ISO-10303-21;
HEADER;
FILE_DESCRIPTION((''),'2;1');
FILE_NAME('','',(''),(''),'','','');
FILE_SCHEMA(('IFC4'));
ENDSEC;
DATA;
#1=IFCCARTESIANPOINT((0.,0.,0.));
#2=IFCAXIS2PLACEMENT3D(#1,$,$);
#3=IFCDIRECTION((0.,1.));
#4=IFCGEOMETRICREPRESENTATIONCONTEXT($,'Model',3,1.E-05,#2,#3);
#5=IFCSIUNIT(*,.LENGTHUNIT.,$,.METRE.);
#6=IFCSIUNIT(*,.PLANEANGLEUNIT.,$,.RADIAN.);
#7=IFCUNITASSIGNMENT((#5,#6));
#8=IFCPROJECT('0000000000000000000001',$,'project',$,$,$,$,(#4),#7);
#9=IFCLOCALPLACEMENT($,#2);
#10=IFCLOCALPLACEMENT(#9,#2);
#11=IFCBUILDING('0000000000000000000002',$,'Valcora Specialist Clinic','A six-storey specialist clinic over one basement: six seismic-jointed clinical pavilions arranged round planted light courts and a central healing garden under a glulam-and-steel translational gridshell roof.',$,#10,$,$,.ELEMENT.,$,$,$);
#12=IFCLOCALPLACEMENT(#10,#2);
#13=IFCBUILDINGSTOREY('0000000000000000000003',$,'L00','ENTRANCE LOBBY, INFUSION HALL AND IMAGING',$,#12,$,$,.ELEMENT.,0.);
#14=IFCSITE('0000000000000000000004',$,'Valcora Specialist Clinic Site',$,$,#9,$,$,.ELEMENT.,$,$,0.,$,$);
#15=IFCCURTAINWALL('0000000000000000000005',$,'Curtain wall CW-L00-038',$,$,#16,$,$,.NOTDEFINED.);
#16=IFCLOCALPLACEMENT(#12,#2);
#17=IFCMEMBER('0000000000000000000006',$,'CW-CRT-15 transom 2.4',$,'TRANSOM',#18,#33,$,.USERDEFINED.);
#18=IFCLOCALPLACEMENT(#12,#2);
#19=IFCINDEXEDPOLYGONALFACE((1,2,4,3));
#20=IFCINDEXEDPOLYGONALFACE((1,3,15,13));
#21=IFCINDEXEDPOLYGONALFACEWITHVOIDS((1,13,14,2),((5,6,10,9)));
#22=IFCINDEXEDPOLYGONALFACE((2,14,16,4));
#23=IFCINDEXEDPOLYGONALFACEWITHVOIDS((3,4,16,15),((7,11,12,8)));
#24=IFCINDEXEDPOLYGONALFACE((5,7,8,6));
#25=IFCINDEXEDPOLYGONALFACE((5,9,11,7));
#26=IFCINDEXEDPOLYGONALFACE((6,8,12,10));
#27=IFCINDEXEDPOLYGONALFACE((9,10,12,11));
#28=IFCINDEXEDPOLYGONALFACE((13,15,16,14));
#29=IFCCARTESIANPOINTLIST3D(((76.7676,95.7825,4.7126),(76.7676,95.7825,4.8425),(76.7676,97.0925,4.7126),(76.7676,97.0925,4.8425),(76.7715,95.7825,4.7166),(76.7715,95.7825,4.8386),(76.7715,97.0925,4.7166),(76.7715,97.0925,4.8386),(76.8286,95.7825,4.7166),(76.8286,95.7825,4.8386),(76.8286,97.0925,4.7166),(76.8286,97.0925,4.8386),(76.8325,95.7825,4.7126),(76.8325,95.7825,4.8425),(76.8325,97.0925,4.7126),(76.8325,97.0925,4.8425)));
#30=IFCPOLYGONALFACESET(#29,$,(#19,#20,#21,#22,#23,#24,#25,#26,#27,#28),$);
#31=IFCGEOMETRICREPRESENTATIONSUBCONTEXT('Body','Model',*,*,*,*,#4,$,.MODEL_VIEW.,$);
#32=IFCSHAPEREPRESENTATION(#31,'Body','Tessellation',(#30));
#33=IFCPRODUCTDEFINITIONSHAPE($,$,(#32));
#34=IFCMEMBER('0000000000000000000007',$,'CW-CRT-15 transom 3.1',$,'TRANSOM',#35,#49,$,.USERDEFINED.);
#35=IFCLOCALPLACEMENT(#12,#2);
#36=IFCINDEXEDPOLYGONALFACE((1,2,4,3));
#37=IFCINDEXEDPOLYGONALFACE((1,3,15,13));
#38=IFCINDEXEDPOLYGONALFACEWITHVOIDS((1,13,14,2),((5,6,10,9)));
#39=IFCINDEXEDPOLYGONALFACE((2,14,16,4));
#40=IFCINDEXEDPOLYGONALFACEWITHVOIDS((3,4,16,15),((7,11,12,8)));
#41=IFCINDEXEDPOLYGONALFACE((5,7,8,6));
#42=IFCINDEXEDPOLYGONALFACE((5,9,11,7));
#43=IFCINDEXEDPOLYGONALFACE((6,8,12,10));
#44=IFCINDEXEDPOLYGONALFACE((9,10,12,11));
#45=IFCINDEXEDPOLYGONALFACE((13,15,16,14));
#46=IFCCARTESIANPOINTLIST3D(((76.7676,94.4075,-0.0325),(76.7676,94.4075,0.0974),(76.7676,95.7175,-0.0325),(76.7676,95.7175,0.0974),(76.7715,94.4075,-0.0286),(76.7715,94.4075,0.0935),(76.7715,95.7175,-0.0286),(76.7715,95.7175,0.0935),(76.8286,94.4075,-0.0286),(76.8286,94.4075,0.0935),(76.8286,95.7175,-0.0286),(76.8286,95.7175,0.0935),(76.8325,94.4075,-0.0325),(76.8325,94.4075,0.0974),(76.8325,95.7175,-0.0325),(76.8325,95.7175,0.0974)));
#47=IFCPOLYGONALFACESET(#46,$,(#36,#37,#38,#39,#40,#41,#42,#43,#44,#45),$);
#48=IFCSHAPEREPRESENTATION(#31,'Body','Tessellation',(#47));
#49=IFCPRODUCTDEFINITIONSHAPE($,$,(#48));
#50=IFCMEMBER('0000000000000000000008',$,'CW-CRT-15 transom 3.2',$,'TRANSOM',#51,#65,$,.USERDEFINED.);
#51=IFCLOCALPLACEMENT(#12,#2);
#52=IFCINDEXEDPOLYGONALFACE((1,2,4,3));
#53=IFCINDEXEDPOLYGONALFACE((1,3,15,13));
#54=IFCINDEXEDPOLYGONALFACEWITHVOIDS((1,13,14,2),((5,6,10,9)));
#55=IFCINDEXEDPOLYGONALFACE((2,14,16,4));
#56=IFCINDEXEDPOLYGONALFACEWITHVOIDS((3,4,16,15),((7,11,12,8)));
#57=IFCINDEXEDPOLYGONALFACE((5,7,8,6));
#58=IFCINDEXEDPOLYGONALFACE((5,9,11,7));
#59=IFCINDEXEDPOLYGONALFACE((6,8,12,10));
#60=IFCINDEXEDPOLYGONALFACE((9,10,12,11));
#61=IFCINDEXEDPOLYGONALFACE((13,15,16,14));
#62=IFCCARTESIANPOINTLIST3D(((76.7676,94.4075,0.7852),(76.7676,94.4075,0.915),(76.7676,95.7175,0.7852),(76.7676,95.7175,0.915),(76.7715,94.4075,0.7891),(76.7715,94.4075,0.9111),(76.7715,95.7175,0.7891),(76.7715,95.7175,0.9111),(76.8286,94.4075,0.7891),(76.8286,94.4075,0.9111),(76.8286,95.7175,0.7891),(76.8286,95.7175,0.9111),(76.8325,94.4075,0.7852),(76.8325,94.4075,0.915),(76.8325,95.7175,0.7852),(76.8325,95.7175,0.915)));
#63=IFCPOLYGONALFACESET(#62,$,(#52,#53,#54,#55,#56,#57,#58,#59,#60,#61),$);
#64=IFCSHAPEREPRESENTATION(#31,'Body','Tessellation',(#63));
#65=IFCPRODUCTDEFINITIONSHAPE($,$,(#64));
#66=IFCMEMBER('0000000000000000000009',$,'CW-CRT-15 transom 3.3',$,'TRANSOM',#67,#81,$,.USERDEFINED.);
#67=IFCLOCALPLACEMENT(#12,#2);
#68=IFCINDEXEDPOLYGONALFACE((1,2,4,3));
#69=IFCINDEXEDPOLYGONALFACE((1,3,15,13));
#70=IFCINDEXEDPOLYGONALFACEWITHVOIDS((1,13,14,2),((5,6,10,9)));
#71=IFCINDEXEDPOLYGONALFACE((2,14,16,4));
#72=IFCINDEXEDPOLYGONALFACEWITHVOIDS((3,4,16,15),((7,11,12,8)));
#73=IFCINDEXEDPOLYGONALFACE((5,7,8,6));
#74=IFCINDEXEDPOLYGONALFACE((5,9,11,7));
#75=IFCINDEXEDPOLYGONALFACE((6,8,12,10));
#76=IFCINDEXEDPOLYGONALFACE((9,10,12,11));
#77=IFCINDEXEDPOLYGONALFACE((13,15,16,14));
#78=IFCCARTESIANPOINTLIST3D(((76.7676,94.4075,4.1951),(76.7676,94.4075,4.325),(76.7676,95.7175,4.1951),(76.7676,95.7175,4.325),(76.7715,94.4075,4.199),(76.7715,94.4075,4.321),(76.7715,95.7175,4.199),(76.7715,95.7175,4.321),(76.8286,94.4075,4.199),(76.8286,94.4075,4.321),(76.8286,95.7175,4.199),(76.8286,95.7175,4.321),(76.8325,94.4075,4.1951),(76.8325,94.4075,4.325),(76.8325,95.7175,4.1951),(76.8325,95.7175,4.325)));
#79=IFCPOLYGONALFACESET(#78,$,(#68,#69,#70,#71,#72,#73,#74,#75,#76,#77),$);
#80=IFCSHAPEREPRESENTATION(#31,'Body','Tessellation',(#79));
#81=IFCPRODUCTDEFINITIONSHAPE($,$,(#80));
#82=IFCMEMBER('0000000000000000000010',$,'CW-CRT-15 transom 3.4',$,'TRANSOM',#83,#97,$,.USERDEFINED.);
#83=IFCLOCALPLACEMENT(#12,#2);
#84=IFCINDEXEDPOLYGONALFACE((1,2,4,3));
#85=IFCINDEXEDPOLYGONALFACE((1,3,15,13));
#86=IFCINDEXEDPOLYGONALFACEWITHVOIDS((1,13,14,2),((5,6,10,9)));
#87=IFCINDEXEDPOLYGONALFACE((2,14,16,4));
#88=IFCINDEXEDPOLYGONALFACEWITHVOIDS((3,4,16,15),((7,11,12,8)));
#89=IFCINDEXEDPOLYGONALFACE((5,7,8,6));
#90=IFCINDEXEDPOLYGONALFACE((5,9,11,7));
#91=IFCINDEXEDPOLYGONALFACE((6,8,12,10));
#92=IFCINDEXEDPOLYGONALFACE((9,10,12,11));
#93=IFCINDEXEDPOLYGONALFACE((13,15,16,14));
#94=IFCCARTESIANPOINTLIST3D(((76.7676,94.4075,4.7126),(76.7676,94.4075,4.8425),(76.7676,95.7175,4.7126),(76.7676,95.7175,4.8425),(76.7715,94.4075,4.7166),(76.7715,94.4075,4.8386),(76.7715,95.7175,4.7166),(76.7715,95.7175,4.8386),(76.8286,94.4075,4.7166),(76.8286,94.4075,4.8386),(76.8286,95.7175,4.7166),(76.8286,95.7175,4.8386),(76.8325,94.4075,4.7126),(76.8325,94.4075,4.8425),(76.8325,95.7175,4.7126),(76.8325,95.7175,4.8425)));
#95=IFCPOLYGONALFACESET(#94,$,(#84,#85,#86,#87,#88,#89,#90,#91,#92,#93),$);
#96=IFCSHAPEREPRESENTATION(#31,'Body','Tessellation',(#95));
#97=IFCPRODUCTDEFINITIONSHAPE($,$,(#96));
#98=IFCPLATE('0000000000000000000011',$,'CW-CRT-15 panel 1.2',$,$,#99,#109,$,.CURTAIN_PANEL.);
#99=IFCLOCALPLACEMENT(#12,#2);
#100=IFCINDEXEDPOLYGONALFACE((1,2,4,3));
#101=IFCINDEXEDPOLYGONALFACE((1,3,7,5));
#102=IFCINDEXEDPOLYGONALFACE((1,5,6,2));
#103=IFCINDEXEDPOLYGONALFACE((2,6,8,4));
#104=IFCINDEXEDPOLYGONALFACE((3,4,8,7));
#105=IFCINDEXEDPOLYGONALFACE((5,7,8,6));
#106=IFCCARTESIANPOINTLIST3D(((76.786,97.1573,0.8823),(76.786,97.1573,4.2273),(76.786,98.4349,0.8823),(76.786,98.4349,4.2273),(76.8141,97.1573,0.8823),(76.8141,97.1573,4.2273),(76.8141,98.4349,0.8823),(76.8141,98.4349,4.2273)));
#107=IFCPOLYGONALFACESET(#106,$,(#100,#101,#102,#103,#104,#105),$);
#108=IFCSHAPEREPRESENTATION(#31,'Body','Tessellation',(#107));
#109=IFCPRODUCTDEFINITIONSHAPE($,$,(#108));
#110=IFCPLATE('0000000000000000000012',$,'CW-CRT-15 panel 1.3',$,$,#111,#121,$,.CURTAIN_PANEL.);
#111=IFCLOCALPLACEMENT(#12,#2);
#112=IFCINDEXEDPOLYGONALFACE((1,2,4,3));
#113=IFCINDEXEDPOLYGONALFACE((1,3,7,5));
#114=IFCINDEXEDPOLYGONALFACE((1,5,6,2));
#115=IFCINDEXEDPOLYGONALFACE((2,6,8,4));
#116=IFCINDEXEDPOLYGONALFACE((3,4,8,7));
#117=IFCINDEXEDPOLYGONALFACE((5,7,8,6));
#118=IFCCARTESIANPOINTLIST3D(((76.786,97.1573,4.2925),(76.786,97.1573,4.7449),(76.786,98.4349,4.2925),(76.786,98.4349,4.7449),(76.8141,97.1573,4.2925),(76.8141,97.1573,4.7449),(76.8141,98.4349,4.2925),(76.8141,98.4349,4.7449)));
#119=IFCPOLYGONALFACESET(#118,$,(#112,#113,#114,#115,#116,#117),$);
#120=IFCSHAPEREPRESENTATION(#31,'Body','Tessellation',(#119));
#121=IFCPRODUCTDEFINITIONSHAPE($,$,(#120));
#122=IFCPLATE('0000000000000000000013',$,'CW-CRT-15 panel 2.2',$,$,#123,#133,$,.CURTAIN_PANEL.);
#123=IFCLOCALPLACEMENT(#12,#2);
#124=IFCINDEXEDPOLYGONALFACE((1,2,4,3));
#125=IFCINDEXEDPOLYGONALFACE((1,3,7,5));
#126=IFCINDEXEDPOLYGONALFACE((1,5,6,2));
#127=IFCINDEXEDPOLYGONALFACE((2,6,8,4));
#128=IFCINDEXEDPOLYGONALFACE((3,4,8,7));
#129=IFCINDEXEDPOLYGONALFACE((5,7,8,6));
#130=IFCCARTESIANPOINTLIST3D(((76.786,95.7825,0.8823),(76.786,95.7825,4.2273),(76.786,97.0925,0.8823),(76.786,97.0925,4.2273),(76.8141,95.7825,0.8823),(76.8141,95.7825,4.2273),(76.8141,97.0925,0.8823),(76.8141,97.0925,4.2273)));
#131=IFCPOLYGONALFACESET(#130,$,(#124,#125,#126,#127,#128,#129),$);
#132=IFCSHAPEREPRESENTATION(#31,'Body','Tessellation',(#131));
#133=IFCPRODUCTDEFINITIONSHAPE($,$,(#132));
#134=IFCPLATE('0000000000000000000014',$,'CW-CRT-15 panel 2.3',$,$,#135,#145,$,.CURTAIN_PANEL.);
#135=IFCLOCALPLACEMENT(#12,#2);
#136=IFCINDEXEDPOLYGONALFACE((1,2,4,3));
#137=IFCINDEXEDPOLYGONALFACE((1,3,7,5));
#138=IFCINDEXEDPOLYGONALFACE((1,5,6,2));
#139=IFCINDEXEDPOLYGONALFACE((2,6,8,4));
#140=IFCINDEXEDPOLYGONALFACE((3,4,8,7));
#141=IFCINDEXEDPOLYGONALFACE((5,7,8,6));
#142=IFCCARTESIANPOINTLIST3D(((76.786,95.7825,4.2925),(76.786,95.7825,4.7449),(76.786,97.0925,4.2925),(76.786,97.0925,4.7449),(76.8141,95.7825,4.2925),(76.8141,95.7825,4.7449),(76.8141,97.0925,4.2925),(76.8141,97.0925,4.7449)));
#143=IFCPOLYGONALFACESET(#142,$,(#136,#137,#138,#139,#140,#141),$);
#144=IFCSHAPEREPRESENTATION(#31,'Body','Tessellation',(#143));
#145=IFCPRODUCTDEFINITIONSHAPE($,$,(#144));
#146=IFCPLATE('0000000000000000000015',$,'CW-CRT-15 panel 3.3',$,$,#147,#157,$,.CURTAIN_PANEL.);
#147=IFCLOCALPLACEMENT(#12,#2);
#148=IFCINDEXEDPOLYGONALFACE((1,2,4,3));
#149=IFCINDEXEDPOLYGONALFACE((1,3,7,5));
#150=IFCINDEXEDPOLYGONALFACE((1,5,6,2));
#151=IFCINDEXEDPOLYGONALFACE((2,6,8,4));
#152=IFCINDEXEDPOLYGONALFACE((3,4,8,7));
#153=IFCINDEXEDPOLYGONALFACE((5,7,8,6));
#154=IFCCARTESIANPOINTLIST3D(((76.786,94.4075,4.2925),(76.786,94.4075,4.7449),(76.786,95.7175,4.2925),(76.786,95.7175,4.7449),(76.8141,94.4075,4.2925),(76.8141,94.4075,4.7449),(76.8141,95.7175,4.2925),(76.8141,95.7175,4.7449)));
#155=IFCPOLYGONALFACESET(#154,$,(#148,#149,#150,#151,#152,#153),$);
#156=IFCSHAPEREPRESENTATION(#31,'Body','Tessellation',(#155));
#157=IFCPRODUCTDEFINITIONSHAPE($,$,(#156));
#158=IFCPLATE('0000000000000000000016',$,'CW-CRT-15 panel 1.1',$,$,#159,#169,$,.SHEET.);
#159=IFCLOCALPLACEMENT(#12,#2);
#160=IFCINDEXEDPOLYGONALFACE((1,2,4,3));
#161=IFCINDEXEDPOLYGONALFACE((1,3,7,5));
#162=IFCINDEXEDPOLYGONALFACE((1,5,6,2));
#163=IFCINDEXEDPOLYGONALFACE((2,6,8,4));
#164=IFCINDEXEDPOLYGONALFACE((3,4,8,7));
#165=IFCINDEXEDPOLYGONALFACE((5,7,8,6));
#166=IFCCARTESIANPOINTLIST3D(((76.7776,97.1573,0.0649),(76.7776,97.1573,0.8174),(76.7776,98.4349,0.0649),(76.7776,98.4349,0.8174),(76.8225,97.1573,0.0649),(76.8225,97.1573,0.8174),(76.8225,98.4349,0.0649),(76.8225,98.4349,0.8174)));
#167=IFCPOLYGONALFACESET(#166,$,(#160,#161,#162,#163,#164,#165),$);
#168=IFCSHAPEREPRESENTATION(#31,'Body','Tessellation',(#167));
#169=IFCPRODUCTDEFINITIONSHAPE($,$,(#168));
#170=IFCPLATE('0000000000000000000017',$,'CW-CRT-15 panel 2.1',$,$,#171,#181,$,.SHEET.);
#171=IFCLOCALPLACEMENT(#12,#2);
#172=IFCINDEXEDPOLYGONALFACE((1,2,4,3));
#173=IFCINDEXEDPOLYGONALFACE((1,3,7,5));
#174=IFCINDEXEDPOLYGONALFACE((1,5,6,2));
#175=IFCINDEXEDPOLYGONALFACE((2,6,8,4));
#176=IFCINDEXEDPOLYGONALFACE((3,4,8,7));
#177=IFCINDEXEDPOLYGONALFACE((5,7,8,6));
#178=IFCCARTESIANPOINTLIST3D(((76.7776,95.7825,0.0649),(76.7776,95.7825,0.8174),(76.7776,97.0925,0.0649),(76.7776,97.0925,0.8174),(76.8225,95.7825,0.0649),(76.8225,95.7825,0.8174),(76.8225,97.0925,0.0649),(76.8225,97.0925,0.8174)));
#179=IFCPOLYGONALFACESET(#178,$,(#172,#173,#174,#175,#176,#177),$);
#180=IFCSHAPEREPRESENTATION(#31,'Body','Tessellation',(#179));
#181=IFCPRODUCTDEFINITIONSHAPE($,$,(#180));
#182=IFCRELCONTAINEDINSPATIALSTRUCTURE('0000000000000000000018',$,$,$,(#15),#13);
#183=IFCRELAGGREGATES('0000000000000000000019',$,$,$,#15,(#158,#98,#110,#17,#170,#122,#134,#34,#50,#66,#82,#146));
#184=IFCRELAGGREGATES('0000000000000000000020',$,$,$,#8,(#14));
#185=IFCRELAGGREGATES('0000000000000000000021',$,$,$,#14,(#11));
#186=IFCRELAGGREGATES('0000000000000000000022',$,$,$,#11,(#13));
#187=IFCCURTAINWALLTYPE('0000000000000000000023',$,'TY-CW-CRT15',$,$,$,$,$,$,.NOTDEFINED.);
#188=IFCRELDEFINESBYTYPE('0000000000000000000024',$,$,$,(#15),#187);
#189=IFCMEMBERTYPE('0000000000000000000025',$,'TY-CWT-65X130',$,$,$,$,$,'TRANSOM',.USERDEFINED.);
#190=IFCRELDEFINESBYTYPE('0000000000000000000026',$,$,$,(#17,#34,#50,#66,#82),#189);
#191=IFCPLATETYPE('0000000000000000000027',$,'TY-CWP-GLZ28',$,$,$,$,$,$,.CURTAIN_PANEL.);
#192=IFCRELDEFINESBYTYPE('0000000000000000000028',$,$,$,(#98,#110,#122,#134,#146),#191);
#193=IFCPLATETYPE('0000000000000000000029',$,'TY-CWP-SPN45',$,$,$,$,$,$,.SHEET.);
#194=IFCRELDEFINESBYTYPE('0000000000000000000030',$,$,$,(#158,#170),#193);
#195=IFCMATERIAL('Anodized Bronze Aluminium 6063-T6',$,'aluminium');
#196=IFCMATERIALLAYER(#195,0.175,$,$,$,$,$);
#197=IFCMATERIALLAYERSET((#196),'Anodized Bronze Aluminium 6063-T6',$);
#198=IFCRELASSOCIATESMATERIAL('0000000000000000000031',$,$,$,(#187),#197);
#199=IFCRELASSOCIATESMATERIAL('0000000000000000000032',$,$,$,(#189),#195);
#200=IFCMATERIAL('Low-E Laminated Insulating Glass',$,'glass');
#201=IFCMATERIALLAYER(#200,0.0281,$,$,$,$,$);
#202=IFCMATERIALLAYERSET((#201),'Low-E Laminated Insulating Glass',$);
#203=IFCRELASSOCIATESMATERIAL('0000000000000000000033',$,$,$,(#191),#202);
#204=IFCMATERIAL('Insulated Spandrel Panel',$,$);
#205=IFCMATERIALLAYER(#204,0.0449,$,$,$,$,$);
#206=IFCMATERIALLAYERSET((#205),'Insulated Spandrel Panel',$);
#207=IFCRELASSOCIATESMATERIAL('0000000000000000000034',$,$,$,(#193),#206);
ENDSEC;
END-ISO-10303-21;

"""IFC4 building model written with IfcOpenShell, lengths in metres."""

from ifc_helpers import new_model, si_unit, direction, frame, origin, origin_2d, place, context, subcontext, project, spatial, rectangle, hollow_rectangle, extrude, material, layer, layer_set, material_profile, profile_set, type_object, element, aggregate, save


model = new_model("IFC4")

# Units and contexts
model_context = context("Model", 3, precision=1e-05, world=origin(), true_north=direction((0.0, 1.0)))
body_context = subcontext(model_context, "Body", "Model", "MODEL_VIEW")
ifc_project = project(units=[si_unit("LENGTHUNIT", "METRE"), si_unit("PLANEANGLEUNIT", "RADIAN")], contexts=[model_context])

# Site, building, storey
site_placement = place(None, origin())
site = spatial("IfcSite", under=ifc_project, at=site_placement, Name="Valcora Specialist Clinic Site", CompositionType="ELEMENT", RefElevation=0.0)
building_placement = place(site_placement, origin())
building = spatial("IfcBuilding", under=site, at=building_placement, Name="Valcora Specialist Clinic", Description="A six-storey specialist clinic over one basement: six seismic-jointed clinical pavilions arranged round planted light courts and a central healing garden under a glulam-and-steel translational gridshell roof.", CompositionType="ELEMENT")
storey_placement = place(building_placement, origin())
storey = spatial("IfcBuildingStorey", under=building, at=storey_placement, Name="L00", Description="ENTRANCE LOBBY, INFUSION HALL AND IMAGING", CompositionType="ELEMENT", Elevation=0.0)

# Shared definitions
ifc_material_1 = material(Name="Anodized Bronze Aluminium 6063-T6", Category="aluminium")
ifc_layer_1 = layer(ifc_material_1, 0.175)
ifc_layer_set_1 = layer_set([ifc_layer_1], Name="Anodized Bronze Aluminium 6063-T6")
curtain_wall_type = type_object("IfcCurtainWallType", Name="TY-CW-CRT15", PredefinedType="NOTDEFINED", material=ifc_layer_set_1)

# Curtain wall, members, plates
curtain_wall_1_placement = place(storey_placement, origin())
curtain_wall_1 = element("IfcCurtainWall", 1, at=curtain_wall_1_placement, inside=storey, type_object=curtain_wall_type, Name="Curtain wall CW-L00-038", PredefinedType="NOTDEFINED")
ifc_material_profile_1 = material_profile(ifc_material_1, hollow_rectangle(XDim=0.0649, YDim=0.1299, WallThickness=0.0039, at=origin_2d()), Name="AL-TRN-65X130")
ifc_profile_set_1 = profile_set([ifc_material_profile_1], Name="Anodized Bronze Aluminium 6063-T6")
member_type_1 = type_object("IfcMemberType", Name="TY-CWT-65X130", ElementType="TRANSOM", PredefinedType="USERDEFINED", material=ifc_profile_set_1)
member_1_placement = place(storey_placement, frame((76.8, 97.0925, 4.7776), z_axis=(0.0, -1.0, 0.0), x_axis=(1.0, 0.0, 0.0)))
member_1 = element("IfcMember", 2, at=member_1_placement, type_object=member_type_1, Name="CW-CRT-15 transom 2.4", ObjectType="TRANSOM", PredefinedType="USERDEFINED", context=body_context, shape_type="SweptSolid", body=[
    extrude(hollow_rectangle(XDim=0.0649, YDim=0.1299, WallThickness=0.0039, at=origin_2d()), origin(), (0.0, 0.0, 1.0), 1.3101),
])
member_2_placement = place(storey_placement, frame((76.8, 95.7175, 0.0325), z_axis=(0.0, -1.0, 0.0), x_axis=(1.0, 0.0, 0.0)))
member_2 = element("IfcMember", 3, at=member_2_placement, type_object=member_type_1, Name="CW-CRT-15 transom 3.1", ObjectType="TRANSOM", PredefinedType="USERDEFINED", context=body_context, shape_type="SweptSolid", body=[
    extrude(hollow_rectangle(XDim=0.0649, YDim=0.1299, WallThickness=0.0039, at=origin_2d()), origin(), (0.0, 0.0, 1.0), 1.3101),
])
member_3_placement = place(storey_placement, frame((76.8, 95.7175, 0.8501), z_axis=(0.0, -1.0, 0.0), x_axis=(1.0, 0.0, 0.0)))
member_3 = element("IfcMember", 4, at=member_3_placement, type_object=member_type_1, Name="CW-CRT-15 transom 3.2", ObjectType="TRANSOM", PredefinedType="USERDEFINED", context=body_context, shape_type="SweptSolid", body=[
    extrude(hollow_rectangle(XDim=0.0649, YDim=0.1299, WallThickness=0.0039, at=origin_2d()), origin(), (0.0, 0.0, 1.0), 1.3101),
])
member_4_placement = place(storey_placement, frame((76.8, 95.7175, 4.26), z_axis=(0.0, -1.0, 0.0), x_axis=(1.0, 0.0, 0.0)))
member_4 = element("IfcMember", 5, at=member_4_placement, type_object=member_type_1, Name="CW-CRT-15 transom 3.3", ObjectType="TRANSOM", PredefinedType="USERDEFINED", context=body_context, shape_type="SweptSolid", body=[
    extrude(hollow_rectangle(XDim=0.0649, YDim=0.1299, WallThickness=0.0039, at=origin_2d()), origin(), (0.0, 0.0, 1.0), 1.3101),
])
member_5_placement = place(storey_placement, frame((76.8, 95.7175, 4.7776), z_axis=(0.0, -1.0, 0.0), x_axis=(1.0, 0.0, 0.0)))
member_5 = element("IfcMember", 6, at=member_5_placement, type_object=member_type_1, Name="CW-CRT-15 transom 3.4", ObjectType="TRANSOM", PredefinedType="USERDEFINED", context=body_context, shape_type="SweptSolid", body=[
    extrude(hollow_rectangle(XDim=0.0649, YDim=0.1299, WallThickness=0.0039, at=origin_2d()), origin(), (0.0, 0.0, 1.0), 1.3101),
])
ifc_material_2 = material(Name="Low-E Laminated Insulating Glass", Category="glass")
ifc_layer_2 = layer(ifc_material_2, 0.0281)
ifc_layer_set_2 = layer_set([ifc_layer_2], Name="Low-E Laminated Insulating Glass")
plate_type_1 = type_object("IfcPlateType", Name="TY-CWP-GLZ28", PredefinedType="CURTAIN_PANEL", material=ifc_layer_set_2)
plate_1_placement = place(storey_placement, frame((76.8, 97.7961, 0.8823), z_axis=(0.0, 0.0, 1.0), x_axis=(0.0, -1.0, 0.0)))
plate_1 = element("IfcPlate", 7, at=plate_1_placement, type_object=plate_type_1, Name="CW-CRT-15 panel 1.2", PredefinedType="CURTAIN_PANEL", context=body_context, shape_type="SweptSolid", body=[
    extrude(rectangle(XDim=1.2776, YDim=0.0281, at=origin_2d()), origin(), (0.0, 0.0, 1.0), 3.345),
])
plate_2_placement = place(storey_placement, frame((76.8, 97.7961, 4.2925), z_axis=(0.0, 0.0, 1.0), x_axis=(0.0, -1.0, 0.0)))
plate_2 = element("IfcPlate", 8, at=plate_2_placement, type_object=plate_type_1, Name="CW-CRT-15 panel 1.3", PredefinedType="CURTAIN_PANEL", context=body_context, shape_type="SweptSolid", body=[
    extrude(rectangle(XDim=1.2776, YDim=0.0281, at=origin_2d()), origin(), (0.0, 0.0, 1.0), 0.4524),
])
plate_3_placement = place(storey_placement, frame((76.8, 96.4375, 0.8823), z_axis=(0.0, 0.0, 1.0), x_axis=(0.0, -1.0, 0.0)))
plate_3 = element("IfcPlate", 9, at=plate_3_placement, type_object=plate_type_1, Name="CW-CRT-15 panel 2.2", PredefinedType="CURTAIN_PANEL", context=body_context, shape_type="SweptSolid", body=[
    extrude(rectangle(XDim=1.3101, YDim=0.0281, at=origin_2d()), origin(), (0.0, 0.0, 1.0), 3.345),
])
plate_4_placement = place(storey_placement, frame((76.8, 96.4375, 4.2925), z_axis=(0.0, 0.0, 1.0), x_axis=(0.0, -1.0, 0.0)))
plate_4 = element("IfcPlate", 10, at=plate_4_placement, type_object=plate_type_1, Name="CW-CRT-15 panel 2.3", PredefinedType="CURTAIN_PANEL", context=body_context, shape_type="SweptSolid", body=[
    extrude(rectangle(XDim=1.3101, YDim=0.0281, at=origin_2d()), origin(), (0.0, 0.0, 1.0), 0.4524),
])
plate_5_placement = place(storey_placement, frame((76.8, 95.0625, 4.2925), z_axis=(0.0, 0.0, 1.0), x_axis=(0.0, -1.0, 0.0)))
plate_5 = element("IfcPlate", 11, at=plate_5_placement, type_object=plate_type_1, Name="CW-CRT-15 panel 3.3", PredefinedType="CURTAIN_PANEL", context=body_context, shape_type="SweptSolid", body=[
    extrude(rectangle(XDim=1.3101, YDim=0.0281, at=origin_2d()), origin(), (0.0, 0.0, 1.0), 0.4524),
])
ifc_material_3 = material(Name="Insulated Spandrel Panel")
ifc_layer_3 = layer(ifc_material_3, 0.0449)
ifc_layer_set_3 = layer_set([ifc_layer_3], Name="Insulated Spandrel Panel")
plate_type_2 = type_object("IfcPlateType", Name="TY-CWP-SPN45", PredefinedType="SHEET", material=ifc_layer_set_3)
plate_6_placement = place(storey_placement, frame((76.8, 97.7961, 0.0649), z_axis=(0.0, 0.0, 1.0), x_axis=(0.0, -1.0, 0.0)))
plate_6 = element("IfcPlate", 12, at=plate_6_placement, type_object=plate_type_2, Name="CW-CRT-15 panel 1.1", PredefinedType="SHEET", context=body_context, shape_type="SweptSolid", body=[
    extrude(rectangle(XDim=1.2776, YDim=0.0449, at=origin_2d()), origin(), (0.0, 0.0, 1.0), 0.7524),
])
plate_7_placement = place(storey_placement, frame((76.8, 96.4375, 0.0649), z_axis=(0.0, 0.0, 1.0), x_axis=(0.0, -1.0, 0.0)))
plate_7 = element("IfcPlate", 13, at=plate_7_placement, type_object=plate_type_2, Name="CW-CRT-15 panel 2.1", PredefinedType="SHEET", context=body_context, shape_type="SweptSolid", body=[
    extrude(rectangle(XDim=1.3101, YDim=0.0449, at=origin_2d()), origin(), (0.0, 0.0, 1.0), 0.7524),
])
aggregate(curtain_wall_1, [plate_6, plate_1, plate_2, member_1, plate_7, plate_3, plate_4, member_2, member_3, member_4, member_5, plate_5])

save(model, "model.ifc")
